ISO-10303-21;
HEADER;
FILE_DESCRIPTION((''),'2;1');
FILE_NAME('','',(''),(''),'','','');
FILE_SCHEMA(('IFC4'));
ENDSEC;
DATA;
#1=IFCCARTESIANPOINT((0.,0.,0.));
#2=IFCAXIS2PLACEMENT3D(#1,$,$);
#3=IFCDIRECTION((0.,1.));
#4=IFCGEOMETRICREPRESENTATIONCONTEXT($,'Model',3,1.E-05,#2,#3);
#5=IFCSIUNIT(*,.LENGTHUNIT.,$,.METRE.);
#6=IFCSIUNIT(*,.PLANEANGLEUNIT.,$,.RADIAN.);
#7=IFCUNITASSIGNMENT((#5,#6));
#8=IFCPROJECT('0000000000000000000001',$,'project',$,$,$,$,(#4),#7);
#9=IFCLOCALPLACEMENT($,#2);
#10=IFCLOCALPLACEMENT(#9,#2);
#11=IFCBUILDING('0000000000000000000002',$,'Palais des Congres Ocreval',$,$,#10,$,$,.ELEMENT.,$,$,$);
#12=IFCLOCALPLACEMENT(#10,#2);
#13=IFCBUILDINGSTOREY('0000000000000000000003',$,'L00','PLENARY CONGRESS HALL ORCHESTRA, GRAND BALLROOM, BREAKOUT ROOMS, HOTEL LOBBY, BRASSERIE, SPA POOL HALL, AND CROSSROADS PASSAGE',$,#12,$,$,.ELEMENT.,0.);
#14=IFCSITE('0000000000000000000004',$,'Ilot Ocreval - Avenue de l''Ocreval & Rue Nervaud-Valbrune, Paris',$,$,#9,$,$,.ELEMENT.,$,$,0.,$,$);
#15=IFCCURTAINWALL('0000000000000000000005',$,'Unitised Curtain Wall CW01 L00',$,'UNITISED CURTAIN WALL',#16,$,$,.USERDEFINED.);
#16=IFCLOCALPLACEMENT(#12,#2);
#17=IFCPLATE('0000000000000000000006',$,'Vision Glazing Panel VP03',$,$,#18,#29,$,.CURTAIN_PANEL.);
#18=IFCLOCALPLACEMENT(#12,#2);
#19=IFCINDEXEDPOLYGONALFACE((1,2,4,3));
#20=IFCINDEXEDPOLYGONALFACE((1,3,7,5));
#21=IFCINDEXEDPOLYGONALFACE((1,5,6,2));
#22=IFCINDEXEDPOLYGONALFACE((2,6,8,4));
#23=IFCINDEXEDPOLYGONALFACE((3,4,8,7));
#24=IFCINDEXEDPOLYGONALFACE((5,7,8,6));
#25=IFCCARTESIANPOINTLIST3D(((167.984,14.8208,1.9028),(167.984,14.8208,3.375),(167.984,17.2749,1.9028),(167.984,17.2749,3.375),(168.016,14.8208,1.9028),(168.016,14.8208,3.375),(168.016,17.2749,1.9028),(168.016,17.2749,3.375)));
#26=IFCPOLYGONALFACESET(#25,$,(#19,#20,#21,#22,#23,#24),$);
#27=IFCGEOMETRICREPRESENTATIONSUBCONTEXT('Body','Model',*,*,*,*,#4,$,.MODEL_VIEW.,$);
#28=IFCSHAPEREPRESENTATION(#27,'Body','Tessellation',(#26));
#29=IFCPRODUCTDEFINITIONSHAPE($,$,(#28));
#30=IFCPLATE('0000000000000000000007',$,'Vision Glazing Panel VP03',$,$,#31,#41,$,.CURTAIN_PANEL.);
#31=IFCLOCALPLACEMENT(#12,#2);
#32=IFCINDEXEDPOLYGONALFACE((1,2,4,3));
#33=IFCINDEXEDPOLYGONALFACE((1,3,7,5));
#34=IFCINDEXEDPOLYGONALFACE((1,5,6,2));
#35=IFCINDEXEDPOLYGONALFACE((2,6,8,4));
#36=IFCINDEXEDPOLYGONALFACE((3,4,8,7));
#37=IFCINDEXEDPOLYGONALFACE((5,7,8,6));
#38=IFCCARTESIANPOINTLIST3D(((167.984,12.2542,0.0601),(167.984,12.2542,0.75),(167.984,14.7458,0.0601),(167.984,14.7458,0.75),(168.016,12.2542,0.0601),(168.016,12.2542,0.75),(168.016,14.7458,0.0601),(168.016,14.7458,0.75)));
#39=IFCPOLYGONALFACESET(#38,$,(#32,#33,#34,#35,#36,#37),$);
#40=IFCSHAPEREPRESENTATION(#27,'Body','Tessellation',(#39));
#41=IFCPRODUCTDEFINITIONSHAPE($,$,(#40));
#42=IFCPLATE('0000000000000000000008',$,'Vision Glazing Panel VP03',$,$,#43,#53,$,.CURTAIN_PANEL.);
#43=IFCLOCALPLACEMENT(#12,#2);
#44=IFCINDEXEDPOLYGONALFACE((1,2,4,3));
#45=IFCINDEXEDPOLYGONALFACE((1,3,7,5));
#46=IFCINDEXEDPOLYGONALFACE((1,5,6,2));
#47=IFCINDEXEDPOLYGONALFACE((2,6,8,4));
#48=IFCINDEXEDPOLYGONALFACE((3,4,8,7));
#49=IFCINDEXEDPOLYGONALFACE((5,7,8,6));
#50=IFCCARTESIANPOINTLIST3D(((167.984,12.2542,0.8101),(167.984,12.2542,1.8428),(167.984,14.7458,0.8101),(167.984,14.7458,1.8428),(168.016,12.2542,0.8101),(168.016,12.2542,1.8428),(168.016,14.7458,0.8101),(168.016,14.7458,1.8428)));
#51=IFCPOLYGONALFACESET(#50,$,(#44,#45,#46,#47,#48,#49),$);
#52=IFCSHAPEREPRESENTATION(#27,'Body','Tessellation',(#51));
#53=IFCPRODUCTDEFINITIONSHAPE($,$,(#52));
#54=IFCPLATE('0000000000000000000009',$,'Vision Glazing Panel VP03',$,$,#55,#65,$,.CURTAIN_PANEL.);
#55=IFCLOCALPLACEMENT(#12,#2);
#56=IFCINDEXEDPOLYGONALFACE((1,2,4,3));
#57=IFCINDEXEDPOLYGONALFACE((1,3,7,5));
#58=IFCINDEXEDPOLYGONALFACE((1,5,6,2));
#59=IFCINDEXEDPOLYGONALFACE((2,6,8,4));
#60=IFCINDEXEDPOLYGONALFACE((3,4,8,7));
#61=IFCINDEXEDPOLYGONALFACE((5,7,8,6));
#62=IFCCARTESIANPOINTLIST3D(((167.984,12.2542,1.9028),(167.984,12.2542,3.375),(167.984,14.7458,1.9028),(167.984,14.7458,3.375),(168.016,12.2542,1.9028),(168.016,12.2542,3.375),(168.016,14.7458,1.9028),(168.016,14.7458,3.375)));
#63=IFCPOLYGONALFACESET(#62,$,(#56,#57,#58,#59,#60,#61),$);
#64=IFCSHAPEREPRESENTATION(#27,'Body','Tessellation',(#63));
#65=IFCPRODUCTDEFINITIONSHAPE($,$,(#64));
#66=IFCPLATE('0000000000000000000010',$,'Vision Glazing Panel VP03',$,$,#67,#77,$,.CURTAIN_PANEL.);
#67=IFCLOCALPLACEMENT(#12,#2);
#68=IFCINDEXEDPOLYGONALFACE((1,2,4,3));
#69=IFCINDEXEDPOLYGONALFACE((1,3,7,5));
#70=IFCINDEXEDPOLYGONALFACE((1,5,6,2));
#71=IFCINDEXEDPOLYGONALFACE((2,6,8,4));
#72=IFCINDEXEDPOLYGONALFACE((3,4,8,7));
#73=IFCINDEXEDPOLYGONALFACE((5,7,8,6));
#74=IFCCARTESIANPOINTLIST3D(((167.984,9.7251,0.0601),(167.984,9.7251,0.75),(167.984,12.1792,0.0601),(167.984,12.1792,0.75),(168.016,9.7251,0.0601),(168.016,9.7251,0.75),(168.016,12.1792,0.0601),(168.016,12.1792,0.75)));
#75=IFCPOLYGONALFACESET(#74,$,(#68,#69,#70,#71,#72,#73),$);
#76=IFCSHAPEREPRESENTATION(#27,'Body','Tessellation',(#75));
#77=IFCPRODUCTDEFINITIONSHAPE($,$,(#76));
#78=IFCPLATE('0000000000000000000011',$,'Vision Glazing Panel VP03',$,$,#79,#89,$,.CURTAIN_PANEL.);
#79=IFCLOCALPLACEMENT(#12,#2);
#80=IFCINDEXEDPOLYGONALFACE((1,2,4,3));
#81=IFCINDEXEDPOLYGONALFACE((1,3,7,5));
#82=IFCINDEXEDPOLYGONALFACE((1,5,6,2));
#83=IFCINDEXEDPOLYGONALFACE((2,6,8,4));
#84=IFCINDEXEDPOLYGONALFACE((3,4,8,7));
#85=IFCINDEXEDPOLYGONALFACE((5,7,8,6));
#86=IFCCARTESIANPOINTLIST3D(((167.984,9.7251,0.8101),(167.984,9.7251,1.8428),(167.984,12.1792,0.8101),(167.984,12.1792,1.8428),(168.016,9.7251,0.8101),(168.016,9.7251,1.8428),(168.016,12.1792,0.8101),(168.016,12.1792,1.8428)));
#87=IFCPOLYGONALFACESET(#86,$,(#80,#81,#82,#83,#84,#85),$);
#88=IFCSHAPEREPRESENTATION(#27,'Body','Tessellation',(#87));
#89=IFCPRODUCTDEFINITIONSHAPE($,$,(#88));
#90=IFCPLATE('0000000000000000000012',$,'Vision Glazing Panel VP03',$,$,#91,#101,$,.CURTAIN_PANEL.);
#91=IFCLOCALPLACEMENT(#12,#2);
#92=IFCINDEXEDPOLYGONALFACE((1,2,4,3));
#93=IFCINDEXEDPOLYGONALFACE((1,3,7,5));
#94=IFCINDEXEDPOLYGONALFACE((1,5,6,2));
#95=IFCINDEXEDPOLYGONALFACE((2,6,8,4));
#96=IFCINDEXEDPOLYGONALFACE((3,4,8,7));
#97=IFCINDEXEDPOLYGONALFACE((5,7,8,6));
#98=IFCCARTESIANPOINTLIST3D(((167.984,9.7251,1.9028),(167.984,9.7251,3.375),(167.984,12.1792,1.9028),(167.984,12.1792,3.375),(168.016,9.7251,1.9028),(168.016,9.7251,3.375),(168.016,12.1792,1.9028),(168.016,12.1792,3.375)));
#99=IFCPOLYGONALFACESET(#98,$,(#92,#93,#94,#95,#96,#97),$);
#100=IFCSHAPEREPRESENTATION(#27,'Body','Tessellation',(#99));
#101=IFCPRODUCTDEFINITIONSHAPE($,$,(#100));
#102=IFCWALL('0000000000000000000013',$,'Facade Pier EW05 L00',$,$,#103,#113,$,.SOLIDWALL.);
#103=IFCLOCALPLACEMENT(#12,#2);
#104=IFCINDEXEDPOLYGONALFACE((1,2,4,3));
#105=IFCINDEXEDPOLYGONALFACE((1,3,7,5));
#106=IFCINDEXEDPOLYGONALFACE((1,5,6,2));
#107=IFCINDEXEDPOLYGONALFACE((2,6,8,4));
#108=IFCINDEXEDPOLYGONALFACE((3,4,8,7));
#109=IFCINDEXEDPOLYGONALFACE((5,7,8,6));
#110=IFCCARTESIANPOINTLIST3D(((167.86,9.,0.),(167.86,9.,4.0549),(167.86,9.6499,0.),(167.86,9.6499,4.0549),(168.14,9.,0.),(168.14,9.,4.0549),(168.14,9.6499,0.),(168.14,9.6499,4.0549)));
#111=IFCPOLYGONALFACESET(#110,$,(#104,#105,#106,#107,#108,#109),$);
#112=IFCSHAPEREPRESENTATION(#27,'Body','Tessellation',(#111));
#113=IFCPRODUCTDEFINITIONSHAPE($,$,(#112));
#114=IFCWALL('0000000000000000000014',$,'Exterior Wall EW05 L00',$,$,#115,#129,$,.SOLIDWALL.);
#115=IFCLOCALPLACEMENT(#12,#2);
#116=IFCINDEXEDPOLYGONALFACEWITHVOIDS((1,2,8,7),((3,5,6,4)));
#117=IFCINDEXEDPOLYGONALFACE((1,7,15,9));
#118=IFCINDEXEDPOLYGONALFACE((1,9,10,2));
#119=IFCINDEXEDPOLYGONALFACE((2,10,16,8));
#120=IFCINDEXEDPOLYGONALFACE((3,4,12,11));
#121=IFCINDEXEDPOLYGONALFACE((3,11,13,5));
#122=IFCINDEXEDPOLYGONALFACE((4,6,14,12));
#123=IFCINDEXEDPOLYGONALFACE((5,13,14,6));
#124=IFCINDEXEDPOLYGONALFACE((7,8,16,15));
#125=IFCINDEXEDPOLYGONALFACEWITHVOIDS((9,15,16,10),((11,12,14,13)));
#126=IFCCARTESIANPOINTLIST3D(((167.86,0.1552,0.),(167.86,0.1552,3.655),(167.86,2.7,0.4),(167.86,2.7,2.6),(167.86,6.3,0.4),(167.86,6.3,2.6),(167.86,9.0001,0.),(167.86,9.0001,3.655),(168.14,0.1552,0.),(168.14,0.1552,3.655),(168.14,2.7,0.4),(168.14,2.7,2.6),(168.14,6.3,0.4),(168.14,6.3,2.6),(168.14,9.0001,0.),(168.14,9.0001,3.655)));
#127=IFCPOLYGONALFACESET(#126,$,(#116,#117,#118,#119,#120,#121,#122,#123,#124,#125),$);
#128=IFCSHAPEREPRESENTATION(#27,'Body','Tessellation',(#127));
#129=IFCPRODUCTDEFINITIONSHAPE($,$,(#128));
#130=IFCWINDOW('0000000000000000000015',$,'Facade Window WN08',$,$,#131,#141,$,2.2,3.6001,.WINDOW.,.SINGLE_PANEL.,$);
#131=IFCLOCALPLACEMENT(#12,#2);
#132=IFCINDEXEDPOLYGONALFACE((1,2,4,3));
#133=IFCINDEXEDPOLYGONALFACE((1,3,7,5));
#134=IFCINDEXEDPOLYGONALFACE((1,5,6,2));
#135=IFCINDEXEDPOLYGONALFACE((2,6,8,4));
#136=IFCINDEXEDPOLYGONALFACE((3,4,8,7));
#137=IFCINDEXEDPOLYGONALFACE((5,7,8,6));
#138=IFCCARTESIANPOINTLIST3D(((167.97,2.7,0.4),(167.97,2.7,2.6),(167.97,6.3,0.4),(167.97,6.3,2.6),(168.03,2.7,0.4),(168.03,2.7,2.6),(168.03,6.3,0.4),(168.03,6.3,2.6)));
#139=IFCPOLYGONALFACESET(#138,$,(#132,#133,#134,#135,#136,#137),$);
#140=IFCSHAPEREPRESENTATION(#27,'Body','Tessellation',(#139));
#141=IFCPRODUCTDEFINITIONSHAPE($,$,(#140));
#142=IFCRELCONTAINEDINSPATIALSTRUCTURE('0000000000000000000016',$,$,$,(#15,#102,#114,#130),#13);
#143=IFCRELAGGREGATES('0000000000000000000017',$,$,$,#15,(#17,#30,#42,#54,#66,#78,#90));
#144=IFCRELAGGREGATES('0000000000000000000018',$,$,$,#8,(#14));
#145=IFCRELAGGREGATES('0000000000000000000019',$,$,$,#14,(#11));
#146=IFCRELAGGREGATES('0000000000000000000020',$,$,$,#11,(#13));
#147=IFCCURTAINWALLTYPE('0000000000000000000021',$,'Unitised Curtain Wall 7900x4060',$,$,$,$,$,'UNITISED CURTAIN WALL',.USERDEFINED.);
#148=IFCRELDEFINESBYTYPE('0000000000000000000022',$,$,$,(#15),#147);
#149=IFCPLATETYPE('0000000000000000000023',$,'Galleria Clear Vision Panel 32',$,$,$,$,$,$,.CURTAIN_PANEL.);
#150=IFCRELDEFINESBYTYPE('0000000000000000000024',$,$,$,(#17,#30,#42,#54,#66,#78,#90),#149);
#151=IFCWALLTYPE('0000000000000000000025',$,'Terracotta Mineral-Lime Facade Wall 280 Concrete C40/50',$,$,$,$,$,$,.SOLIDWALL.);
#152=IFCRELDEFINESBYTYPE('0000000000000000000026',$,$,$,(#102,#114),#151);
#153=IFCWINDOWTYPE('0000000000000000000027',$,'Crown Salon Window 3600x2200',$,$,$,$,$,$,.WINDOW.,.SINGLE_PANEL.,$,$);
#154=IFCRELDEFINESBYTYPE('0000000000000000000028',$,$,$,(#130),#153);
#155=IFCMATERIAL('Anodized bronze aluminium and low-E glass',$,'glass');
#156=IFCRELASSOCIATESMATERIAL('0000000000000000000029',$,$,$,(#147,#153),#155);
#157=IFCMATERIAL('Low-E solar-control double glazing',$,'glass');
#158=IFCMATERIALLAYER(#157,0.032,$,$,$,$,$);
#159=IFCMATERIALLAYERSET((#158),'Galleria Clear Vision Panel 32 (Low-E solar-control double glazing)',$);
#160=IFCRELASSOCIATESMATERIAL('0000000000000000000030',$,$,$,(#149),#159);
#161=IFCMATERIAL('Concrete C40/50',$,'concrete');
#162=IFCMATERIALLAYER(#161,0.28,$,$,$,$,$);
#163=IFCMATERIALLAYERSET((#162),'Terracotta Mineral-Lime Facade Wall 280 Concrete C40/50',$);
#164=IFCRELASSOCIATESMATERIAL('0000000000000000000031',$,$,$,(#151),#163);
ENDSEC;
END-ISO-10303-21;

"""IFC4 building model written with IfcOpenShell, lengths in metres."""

from ifc_helpers import new_model, si_unit, direction, frame, frame_2d, origin, origin_2d, place, context, subcontext, project, spatial, rectangle, extrude, material, layer, layer_set, type_object, element, fill, aggregate, save


model = new_model("IFC4")

# Units and contexts
model_context = context("Model", 3, precision=1e-05, world=origin(), true_north=direction((0.0, 1.0)))
body_context = subcontext(model_context, "Body", "Model", "MODEL_VIEW")
ifc_project = project(units=[si_unit("LENGTHUNIT", "METRE"), si_unit("PLANEANGLEUNIT", "RADIAN")], contexts=[model_context])

# Site, building, storey
site_placement = place(None, origin())
site = spatial("IfcSite", under=ifc_project, at=site_placement, Name="Ilot Ocreval - Avenue de l'Ocreval & Rue Nervaud-Valbrune, Paris", CompositionType="ELEMENT", RefElevation=0.0)
building_placement = place(site_placement, origin())
building = spatial("IfcBuilding", under=site, at=building_placement, Name="Palais des Congres Ocreval", CompositionType="ELEMENT")
storey_placement = place(building_placement, origin())
storey = spatial("IfcBuildingStorey", under=building, at=storey_placement, Name="L00", Description="PLENARY CONGRESS HALL ORCHESTRA, GRAND BALLROOM, BREAKOUT ROOMS, HOTEL LOBBY, BRASSERIE, SPA POOL HALL, AND CROSSROADS PASSAGE", CompositionType="ELEMENT", Elevation=0.0)

# Curtain wall
ifc_material_1 = material(Name="Anodized bronze aluminium and low-E glass", Category="glass")
curtain_wall_type = type_object("IfcCurtainWallType", Name="Unitised Curtain Wall 7900x4060", ElementType="UNITISED CURTAIN WALL", PredefinedType="USERDEFINED", material=ifc_material_1)
curtain_wall_placement = place(storey_placement, origin())
curtain_wall = element("IfcCurtainWall", 1, at=curtain_wall_placement, inside=storey, type_object=curtain_wall_type, Name="Unitised Curtain Wall CW01 L00", ObjectType="UNITISED CURTAIN WALL", PredefinedType="USERDEFINED")

# Plates
ifc_material_2 = material(Name="Low-E solar-control double glazing", Category="glass")
ifc_layer_1 = layer(ifc_material_2, 0.032)
ifc_layer_set_1 = layer_set([ifc_layer_1], Name="Galleria Clear Vision Panel 32 (Low-E solar-control double glazing)")
plate_type_1 = type_object("IfcPlateType", Name="Galleria Clear Vision Panel 32", PredefinedType="CURTAIN_PANEL", material=ifc_layer_set_1)
plate_1_placement = place(storey_placement, frame((168.0, 16.0479, 1.9028), z_axis=(0.0, 0.0, 1.0), x_axis=(0.0, -1.0, 0.0)))
plate_1 = element("IfcPlate", 2, at=plate_1_placement, type_object=plate_type_1, Name="Vision Glazing Panel VP03", PredefinedType="CURTAIN_PANEL", context=body_context, shape_type="SweptSolid", body=[
    extrude(rectangle(XDim=2.4541, YDim=0.032, at=origin_2d()), origin(), (0.0, 0.0, 1.0), 1.4722),
])
plate_2_placement = place(storey_placement, frame((168.0, 13.5, 0.0601), z_axis=(0.0, 0.0, 1.0), x_axis=(0.0, -1.0, 0.0)))
plate_2 = element("IfcPlate", 3, at=plate_2_placement, type_object=plate_type_1, Name="Vision Glazing Panel VP03", PredefinedType="CURTAIN_PANEL", context=body_context, shape_type="SweptSolid", body=[
    extrude(rectangle(XDim=2.4917, YDim=0.032, at=origin_2d()), origin(), (0.0, 0.0, 1.0), 0.6899),
])
plate_3_placement = place(storey_placement, frame((168.0, 13.5, 0.8101), z_axis=(0.0, 0.0, 1.0), x_axis=(0.0, -1.0, 0.0)))
plate_3 = element("IfcPlate", 4, at=plate_3_placement, type_object=plate_type_1, Name="Vision Glazing Panel VP03", PredefinedType="CURTAIN_PANEL", context=body_context, shape_type="SweptSolid", body=[
    extrude(rectangle(XDim=2.4917, YDim=0.032, at=origin_2d()), origin(), (0.0, 0.0, 1.0), 1.0327),
])
plate_4_placement = place(storey_placement, frame((168.0, 13.5, 1.9028), z_axis=(0.0, 0.0, 1.0), x_axis=(0.0, -1.0, 0.0)))
plate_4 = element("IfcPlate", 5, at=plate_4_placement, type_object=plate_type_1, Name="Vision Glazing Panel VP03", PredefinedType="CURTAIN_PANEL", context=body_context, shape_type="SweptSolid", body=[
    extrude(rectangle(XDim=2.4917, YDim=0.032, at=origin_2d()), origin(), (0.0, 0.0, 1.0), 1.4722),
])
plate_5_placement = place(storey_placement, frame((168.0, 10.9521, 0.0601), z_axis=(0.0, 0.0, 1.0), x_axis=(0.0, -1.0, 0.0)))
plate_5 = element("IfcPlate", 6, at=plate_5_placement, type_object=plate_type_1, Name="Vision Glazing Panel VP03", PredefinedType="CURTAIN_PANEL", context=body_context, shape_type="SweptSolid", body=[
    extrude(rectangle(XDim=2.4541, YDim=0.032, at=origin_2d()), origin(), (0.0, 0.0, 1.0), 0.6899),
])
plate_6_placement = place(storey_placement, frame((168.0, 10.9521, 0.8101), z_axis=(0.0, 0.0, 1.0), x_axis=(0.0, -1.0, 0.0)))
plate_6 = element("IfcPlate", 7, at=plate_6_placement, type_object=plate_type_1, Name="Vision Glazing Panel VP03", PredefinedType="CURTAIN_PANEL", context=body_context, shape_type="SweptSolid", body=[
    extrude(rectangle(XDim=2.4541, YDim=0.032, at=origin_2d()), origin(), (0.0, 0.0, 1.0), 1.0327),
])
plate_7_placement = place(storey_placement, frame((168.0, 10.9521, 1.9028), z_axis=(0.0, 0.0, 1.0), x_axis=(0.0, -1.0, 0.0)))
plate_7 = element("IfcPlate", 8, at=plate_7_placement, type_object=plate_type_1, Name="Vision Glazing Panel VP03", PredefinedType="CURTAIN_PANEL", context=body_context, shape_type="SweptSolid", body=[
    extrude(rectangle(XDim=2.4541, YDim=0.032, at=origin_2d()), origin(), (0.0, 0.0, 1.0), 1.4722),
])
aggregate(curtain_wall, [plate_1, plate_2, plate_3, plate_4, plate_5, plate_6, plate_7])

# Wall
ifc_material_3 = material(Name="Concrete C40/50", Category="concrete")
ifc_layer_2 = layer(ifc_material_3, 0.28)
ifc_layer_set_2 = layer_set([ifc_layer_2], Name="Terracotta Mineral-Lime Facade Wall 280 Concrete C40/50")
wall_type = type_object("IfcWallType", Name="Terracotta Mineral-Lime Facade Wall 280 Concrete C40/50", PredefinedType="SOLIDWALL", material=ifc_layer_set_2)
wall_1_placement = place(storey_placement, frame((168.0, 9.6499, 0.0), z_axis=(0.0, 0.0, 1.0), x_axis=(0.0, -1.0, 0.0)))
element("IfcWall", 9, at=wall_1_placement, inside=storey, type_object=wall_type, Name="Facade Pier EW05 L00", PredefinedType="SOLIDWALL", context=body_context, shape_type="SweptSolid", body=[
    extrude(rectangle(XDim=0.6499, YDim=0.28, at=frame_2d((0.325, 0.0))), origin(), (0.0, 0.0, 1.0), 4.0549),
])

# Wall, opening, window
wall_2_placement = place(storey_placement, frame((168.0, 9.0, 0.0), z_axis=(0.0, 0.0, 1.0), x_axis=(0.0, -1.0, 0.0)))
wall_2 = element("IfcWall", 10, at=wall_2_placement, inside=storey, type_object=wall_type, Name="Exterior Wall EW05 L00", PredefinedType="SOLIDWALL", context=body_context, shape_type="SweptSolid", body=[
    extrude(rectangle(XDim=8.845, YDim=0.28, at=frame_2d((4.4224, 0.0))), origin(), (0.0, 0.0, 1.0), 3.655),
])
opening_placement = place(wall_2_placement, frame((2.7, 0.0, 0.3999)))
opening = element("IfcOpeningElement", 11, at=opening_placement, cuts=wall_2, PredefinedType="OPENING", context=body_context, shape_type="SweptSolid", body=[
    extrude(rectangle(XDim=3.6001, YDim=2.2, at=frame_2d((1.8, 1.1001))), frame((0.0, 0.1499, 0.0), z_axis=(0.0, -1.0, 0.0), x_axis=(1.0, 0.0, 0.0)), (0.0, 0.0, 1.0), 0.3),
])
window_type = type_object("IfcWindowType", Name="Crown Salon Window 3600x2200", PartitioningType="SINGLE_PANEL", PredefinedType="WINDOW", material=ifc_material_1)
window_placement = place(opening_placement, origin())
window = element("IfcWindow", 12, at=window_placement, inside=storey, type_object=window_type, Name="Facade Window WN08", OverallHeight=2.2, OverallWidth=3.6001, PartitioningType="SINGLE_PANEL", PredefinedType="WINDOW", context=body_context, shape_type="SweptSolid", body=[
    extrude(rectangle(XDim=3.6001, YDim=2.2, at=frame_2d((1.8, 1.1001))), frame((0.0, 0.03, 0.0), z_axis=(0.0, -1.0, 0.0), x_axis=(1.0, 0.0, 0.0)), (0.0, 0.0, 1.0), 0.0601),
])
fill(opening, window)

save(model, "model.ifc")
